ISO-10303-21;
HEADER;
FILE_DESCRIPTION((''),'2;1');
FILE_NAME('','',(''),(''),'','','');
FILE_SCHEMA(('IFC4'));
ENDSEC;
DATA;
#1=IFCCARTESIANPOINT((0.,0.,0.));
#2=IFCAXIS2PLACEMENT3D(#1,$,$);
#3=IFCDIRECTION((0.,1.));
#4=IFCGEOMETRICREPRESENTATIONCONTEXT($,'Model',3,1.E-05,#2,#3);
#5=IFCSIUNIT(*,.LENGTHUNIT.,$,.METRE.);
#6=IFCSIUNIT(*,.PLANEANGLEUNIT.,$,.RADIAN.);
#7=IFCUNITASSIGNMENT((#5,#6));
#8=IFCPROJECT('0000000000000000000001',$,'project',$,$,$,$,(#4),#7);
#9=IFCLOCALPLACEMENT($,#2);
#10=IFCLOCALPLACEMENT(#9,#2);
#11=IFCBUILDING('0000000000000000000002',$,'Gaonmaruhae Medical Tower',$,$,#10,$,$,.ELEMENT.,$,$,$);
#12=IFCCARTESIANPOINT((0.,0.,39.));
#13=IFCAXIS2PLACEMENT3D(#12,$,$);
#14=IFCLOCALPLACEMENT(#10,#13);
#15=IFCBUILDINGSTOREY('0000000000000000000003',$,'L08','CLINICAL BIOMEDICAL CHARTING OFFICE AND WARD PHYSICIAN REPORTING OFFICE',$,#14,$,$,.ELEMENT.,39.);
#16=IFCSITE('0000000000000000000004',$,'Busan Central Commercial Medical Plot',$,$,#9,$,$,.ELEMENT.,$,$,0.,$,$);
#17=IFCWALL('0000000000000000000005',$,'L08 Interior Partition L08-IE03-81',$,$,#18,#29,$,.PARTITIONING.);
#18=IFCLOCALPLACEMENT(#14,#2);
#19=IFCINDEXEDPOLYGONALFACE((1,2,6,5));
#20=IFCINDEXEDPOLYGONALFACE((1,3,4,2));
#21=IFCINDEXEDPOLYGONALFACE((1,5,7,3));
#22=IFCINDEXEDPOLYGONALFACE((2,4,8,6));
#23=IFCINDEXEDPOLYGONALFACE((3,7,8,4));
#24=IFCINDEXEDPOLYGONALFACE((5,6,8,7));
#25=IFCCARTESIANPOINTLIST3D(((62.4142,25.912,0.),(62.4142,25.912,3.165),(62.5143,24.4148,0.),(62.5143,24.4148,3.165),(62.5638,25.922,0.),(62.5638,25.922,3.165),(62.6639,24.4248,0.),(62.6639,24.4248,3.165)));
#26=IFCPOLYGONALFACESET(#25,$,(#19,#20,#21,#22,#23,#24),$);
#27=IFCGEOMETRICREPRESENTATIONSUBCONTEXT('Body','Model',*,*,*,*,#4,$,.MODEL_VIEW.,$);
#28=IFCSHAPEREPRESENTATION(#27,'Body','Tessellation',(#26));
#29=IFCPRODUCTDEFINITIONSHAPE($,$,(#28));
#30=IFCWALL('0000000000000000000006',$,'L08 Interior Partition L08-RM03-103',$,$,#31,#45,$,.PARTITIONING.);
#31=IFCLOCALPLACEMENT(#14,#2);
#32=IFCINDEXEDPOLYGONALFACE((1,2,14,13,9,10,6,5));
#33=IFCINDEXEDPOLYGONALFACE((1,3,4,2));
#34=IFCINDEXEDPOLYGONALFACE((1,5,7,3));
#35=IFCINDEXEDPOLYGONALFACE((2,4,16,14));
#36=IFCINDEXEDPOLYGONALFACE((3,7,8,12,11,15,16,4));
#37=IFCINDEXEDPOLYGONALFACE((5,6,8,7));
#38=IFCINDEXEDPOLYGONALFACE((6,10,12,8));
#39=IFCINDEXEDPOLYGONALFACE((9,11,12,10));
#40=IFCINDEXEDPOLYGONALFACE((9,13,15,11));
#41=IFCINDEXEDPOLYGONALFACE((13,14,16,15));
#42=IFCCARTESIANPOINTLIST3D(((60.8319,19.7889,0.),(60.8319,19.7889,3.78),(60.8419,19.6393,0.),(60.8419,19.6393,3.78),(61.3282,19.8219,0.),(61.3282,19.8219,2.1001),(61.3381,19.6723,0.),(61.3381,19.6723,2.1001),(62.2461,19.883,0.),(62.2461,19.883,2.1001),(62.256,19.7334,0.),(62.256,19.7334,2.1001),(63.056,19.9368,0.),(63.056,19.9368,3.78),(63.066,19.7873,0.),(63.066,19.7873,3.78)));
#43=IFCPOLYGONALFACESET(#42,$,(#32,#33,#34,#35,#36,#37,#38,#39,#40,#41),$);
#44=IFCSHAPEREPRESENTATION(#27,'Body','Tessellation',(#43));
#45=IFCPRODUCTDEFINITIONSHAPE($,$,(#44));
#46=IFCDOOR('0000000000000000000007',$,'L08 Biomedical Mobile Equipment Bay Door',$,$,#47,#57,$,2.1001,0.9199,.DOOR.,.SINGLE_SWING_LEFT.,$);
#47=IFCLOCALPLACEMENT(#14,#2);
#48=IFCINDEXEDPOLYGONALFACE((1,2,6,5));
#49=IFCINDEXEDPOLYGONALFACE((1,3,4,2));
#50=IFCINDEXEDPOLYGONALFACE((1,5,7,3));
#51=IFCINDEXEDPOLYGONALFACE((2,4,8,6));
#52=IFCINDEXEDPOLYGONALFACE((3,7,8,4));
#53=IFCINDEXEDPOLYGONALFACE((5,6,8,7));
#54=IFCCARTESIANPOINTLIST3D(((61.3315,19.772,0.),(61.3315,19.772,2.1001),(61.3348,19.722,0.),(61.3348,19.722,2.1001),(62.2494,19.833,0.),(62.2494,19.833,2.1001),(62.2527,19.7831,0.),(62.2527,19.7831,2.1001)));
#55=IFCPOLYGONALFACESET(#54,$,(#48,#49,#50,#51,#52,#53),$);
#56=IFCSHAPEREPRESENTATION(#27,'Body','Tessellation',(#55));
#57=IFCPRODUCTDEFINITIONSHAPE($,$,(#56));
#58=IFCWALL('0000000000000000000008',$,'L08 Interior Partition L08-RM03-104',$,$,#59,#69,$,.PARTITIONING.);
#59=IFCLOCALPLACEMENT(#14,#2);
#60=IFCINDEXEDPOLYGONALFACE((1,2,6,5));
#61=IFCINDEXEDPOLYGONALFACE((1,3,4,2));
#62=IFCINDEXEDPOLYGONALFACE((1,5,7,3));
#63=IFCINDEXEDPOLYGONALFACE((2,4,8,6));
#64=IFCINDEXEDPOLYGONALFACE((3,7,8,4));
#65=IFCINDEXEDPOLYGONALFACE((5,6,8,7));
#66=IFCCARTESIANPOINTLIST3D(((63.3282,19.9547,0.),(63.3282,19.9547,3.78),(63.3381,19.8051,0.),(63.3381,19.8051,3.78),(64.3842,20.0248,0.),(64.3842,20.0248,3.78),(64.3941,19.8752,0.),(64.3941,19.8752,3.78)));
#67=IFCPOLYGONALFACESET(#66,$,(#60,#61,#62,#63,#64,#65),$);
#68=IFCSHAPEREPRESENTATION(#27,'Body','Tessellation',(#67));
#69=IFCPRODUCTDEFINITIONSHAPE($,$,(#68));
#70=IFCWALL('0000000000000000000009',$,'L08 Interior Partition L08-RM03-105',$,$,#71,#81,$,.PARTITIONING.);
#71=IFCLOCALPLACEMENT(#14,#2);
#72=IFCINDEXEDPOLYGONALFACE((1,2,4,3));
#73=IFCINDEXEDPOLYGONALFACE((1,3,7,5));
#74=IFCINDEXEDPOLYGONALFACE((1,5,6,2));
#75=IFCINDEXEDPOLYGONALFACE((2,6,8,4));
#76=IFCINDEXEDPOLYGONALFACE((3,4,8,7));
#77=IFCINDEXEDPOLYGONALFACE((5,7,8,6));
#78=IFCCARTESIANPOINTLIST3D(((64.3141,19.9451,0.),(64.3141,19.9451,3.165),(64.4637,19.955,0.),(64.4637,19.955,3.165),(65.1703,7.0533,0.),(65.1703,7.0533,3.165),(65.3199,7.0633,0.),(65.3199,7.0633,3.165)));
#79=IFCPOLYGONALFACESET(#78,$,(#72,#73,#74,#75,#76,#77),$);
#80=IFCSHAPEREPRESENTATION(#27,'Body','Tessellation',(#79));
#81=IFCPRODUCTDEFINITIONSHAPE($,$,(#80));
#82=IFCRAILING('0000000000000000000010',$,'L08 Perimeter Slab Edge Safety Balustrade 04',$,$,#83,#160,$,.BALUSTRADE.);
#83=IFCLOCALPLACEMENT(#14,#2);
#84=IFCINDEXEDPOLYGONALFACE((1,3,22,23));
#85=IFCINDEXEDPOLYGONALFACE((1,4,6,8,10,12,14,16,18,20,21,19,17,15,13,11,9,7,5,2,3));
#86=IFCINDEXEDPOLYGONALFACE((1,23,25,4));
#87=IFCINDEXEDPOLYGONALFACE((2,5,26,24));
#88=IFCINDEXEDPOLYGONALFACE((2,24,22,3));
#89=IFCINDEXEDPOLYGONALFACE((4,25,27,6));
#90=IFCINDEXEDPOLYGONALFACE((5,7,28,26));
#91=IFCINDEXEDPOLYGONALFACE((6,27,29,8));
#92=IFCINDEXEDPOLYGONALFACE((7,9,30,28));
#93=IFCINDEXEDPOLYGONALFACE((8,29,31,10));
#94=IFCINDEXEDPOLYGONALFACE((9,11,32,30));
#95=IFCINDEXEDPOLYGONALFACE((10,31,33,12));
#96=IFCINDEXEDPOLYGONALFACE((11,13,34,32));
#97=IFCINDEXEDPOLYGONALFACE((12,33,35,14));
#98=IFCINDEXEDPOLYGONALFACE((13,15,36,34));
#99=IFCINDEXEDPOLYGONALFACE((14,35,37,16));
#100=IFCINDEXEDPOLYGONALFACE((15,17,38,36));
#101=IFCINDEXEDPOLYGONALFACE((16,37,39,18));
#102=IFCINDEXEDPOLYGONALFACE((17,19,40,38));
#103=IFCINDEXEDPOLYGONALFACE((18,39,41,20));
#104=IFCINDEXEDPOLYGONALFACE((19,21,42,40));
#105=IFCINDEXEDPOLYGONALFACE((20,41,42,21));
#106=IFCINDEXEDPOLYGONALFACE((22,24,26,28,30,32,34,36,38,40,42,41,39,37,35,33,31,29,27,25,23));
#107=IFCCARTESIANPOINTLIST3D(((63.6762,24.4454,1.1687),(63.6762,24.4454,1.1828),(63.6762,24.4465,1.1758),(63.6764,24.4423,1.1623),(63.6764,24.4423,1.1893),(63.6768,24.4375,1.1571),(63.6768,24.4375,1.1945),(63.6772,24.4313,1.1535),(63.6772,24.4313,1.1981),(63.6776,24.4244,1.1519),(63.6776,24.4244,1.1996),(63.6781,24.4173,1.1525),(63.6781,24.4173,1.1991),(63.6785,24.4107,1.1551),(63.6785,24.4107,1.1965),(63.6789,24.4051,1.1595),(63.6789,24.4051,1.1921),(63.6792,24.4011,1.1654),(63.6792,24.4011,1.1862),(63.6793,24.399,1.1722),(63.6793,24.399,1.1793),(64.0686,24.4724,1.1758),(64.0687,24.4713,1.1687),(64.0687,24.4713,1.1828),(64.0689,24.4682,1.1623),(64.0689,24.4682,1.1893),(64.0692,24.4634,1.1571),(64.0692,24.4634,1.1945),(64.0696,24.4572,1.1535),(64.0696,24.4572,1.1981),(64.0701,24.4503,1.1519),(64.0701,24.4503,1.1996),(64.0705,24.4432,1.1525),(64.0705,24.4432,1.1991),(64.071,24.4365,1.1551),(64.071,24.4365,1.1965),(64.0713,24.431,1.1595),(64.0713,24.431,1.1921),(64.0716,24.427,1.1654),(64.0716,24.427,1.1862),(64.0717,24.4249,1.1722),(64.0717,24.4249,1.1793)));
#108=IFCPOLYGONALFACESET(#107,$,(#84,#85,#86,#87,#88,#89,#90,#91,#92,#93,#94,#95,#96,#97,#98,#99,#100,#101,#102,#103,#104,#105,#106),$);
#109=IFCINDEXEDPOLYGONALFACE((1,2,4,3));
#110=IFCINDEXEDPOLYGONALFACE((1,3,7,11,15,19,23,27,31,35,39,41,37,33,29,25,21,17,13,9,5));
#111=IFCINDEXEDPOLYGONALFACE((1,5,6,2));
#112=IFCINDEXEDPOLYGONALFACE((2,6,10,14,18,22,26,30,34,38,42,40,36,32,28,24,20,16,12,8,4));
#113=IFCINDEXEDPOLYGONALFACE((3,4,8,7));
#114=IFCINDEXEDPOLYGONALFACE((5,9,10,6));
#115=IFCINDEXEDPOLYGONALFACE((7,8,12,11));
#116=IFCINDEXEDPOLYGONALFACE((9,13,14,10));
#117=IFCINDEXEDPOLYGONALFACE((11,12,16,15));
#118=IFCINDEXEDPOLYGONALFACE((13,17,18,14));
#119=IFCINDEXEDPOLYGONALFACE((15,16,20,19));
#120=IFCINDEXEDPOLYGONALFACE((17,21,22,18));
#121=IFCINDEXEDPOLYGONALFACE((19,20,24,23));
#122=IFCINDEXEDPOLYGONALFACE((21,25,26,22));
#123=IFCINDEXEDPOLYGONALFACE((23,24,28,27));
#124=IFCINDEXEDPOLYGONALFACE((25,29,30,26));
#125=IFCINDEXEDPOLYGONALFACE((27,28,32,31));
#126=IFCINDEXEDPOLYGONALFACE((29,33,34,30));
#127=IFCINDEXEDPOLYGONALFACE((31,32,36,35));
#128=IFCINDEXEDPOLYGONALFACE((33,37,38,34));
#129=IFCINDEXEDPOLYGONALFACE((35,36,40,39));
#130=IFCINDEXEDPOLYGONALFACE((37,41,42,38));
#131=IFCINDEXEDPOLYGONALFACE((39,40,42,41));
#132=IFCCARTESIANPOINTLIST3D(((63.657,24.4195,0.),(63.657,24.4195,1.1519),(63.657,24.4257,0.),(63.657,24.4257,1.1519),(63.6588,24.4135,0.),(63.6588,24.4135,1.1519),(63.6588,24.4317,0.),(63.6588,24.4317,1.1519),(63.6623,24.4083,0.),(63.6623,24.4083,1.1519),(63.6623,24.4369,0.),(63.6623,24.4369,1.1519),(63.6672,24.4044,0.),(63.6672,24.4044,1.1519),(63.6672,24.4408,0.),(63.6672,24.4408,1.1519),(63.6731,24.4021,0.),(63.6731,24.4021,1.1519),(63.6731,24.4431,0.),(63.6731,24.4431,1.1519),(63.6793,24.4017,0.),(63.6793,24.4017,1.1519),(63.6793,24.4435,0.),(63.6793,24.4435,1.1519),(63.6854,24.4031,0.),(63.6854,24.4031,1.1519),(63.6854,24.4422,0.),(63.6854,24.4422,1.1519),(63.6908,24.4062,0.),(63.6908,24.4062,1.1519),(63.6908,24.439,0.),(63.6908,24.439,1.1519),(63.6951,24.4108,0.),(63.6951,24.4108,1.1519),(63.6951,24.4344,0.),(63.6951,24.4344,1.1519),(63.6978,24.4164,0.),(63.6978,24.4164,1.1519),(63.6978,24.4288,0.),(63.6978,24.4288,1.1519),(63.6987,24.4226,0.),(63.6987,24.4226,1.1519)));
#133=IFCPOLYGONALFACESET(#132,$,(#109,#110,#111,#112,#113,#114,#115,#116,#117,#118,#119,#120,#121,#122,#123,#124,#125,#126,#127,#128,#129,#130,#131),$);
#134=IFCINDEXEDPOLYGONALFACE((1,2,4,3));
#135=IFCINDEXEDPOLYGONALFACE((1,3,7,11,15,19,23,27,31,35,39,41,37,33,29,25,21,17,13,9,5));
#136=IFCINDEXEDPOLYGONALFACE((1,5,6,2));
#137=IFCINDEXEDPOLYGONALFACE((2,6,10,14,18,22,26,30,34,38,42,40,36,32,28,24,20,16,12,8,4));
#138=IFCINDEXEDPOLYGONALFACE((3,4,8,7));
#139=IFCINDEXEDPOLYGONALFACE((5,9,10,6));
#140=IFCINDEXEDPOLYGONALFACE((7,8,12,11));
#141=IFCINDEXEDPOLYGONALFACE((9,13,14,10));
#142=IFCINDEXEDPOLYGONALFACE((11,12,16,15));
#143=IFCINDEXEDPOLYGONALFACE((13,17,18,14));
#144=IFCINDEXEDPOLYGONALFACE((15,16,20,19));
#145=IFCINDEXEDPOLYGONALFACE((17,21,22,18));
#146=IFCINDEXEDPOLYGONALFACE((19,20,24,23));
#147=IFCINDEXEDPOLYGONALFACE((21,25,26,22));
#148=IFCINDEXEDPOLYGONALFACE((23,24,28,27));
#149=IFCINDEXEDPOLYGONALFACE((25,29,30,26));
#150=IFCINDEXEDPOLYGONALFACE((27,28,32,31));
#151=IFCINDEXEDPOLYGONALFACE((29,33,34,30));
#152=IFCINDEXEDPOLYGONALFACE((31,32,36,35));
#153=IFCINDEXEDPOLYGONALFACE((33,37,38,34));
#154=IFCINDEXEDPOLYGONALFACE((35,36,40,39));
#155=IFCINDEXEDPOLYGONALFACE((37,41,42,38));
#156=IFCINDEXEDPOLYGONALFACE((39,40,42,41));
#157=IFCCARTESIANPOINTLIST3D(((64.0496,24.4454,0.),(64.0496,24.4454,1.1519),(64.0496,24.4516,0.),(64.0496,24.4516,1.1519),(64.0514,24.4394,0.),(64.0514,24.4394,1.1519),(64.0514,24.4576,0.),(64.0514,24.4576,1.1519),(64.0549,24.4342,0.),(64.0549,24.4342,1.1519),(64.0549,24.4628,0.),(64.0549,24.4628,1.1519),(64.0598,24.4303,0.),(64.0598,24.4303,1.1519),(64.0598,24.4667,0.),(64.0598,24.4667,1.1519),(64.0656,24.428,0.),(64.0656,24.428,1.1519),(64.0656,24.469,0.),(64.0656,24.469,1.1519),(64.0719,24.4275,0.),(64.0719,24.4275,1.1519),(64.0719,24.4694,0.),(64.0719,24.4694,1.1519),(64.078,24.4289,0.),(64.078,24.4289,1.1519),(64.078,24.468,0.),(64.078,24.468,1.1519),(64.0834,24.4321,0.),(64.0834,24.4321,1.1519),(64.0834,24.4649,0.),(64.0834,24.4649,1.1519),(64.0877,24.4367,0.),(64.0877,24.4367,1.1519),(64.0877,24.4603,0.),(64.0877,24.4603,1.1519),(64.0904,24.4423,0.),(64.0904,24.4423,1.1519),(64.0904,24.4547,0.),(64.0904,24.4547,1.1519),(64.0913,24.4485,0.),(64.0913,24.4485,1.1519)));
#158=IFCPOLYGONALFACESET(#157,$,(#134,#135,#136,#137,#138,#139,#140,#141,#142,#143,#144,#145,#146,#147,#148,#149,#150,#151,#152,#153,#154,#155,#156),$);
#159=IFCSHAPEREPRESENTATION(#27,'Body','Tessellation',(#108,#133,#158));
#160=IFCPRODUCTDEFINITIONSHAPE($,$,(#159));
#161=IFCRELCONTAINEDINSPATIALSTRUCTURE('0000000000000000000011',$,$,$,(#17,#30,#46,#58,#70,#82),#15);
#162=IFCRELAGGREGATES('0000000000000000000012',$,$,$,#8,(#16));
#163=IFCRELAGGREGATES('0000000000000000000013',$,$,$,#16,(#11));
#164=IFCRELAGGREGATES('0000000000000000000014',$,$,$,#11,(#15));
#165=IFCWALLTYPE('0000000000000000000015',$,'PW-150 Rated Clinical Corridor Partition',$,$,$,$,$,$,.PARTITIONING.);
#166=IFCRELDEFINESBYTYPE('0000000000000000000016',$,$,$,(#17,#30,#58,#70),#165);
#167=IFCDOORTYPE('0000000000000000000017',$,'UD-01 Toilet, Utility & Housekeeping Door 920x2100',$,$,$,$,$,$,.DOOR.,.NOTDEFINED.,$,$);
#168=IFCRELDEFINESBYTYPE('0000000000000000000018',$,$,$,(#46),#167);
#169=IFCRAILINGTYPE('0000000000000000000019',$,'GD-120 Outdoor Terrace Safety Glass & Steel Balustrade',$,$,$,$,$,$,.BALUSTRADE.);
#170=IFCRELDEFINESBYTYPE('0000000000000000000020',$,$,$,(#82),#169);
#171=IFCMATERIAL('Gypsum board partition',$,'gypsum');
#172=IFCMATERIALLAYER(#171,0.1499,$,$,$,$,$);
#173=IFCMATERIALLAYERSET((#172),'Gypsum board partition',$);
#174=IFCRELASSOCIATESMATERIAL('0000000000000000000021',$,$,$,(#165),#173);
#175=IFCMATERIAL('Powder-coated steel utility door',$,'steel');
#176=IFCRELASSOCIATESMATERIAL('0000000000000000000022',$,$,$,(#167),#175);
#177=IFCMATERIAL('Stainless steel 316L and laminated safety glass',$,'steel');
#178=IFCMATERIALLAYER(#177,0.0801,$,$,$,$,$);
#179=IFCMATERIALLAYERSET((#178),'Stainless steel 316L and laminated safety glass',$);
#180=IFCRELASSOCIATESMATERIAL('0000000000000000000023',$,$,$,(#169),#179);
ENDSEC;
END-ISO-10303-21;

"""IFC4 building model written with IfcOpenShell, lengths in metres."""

from ifc_helpers import new_model, si_unit, direction, frame, frame_2d, origin, origin_2d, place, context, subcontext, project, spatial, rectangle, circle, extrude, material, layer, layer_set, type_object, element, fill, save


model = new_model("IFC4")

# Units and contexts
model_context = context("Model", 3, precision=1e-05, world=origin(), true_north=direction((0.0, 1.0)))
body_context = subcontext(model_context, "Body", "Model", "MODEL_VIEW")
ifc_project = project(units=[si_unit("LENGTHUNIT", "METRE"), si_unit("PLANEANGLEUNIT", "RADIAN")], contexts=[model_context])

# Site, building, storey
site_placement = place(None, origin())
site = spatial("IfcSite", under=ifc_project, at=site_placement, Name="Busan Central Commercial Medical Plot", CompositionType="ELEMENT", RefElevation=0.0)
building_placement = place(site_placement, origin())
building = spatial("IfcBuilding", under=site, at=building_placement, Name="Gaonmaruhae Medical Tower", CompositionType="ELEMENT")
storey_placement = place(building_placement, frame((0.0, 0.0, 39.0)))
storey = spatial("IfcBuildingStorey", under=building, at=storey_placement, Name="L08", Description="CLINICAL BIOMEDICAL CHARTING OFFICE AND WARD PHYSICIAN REPORTING OFFICE", CompositionType="ELEMENT", Elevation=39.0)

# Shared definitions
ifc_material_1 = material(Name="Gypsum board partition", Category="gypsum")
ifc_layer_1 = layer(ifc_material_1, 0.1499)
ifc_layer_set_1 = layer_set([ifc_layer_1], Name="Gypsum board partition")
wall_type_1 = type_object("IfcWallType", Name="PW-150 Rated Clinical Corridor Partition", PredefinedType="PARTITIONING", material=ifc_layer_set_1)

# Wall
wall_1_placement = place(storey_placement, frame((62.489, 25.917, 0.0), z_axis=(0.0, 0.0, 1.0), x_axis=(0.066713, -0.997772, 0.0)))
element("IfcWall", 1, at=wall_1_placement, inside=storey, type_object=wall_type_1, Name="L08 Interior Partition L08-IE03-81", PredefinedType="PARTITIONING", context=body_context, shape_type="SweptSolid", body=[
    extrude(rectangle(XDim=1.5005, YDim=0.1499, at=frame_2d((0.7502, 0.0))), origin(), (0.0, 0.0, 1.0), 3.165),
])

# Wall, opening, door
wall_2_placement = place(storey_placement, frame((60.8369, 19.7141, 0.0), z_axis=(0.0, 0.0, 1.0), x_axis=(0.997795, 0.066374, 0.0)))
wall_2 = element("IfcWall", 2, at=wall_2_placement, inside=storey, type_object=wall_type_1, Name="L08 Interior Partition L08-RM03-103", PredefinedType="PARTITIONING", context=body_context, shape_type="SweptSolid", body=[
    extrude(rectangle(XDim=2.229, YDim=0.1499, at=frame_2d((1.1145, 0.0))), origin(), (0.0, 0.0, 1.0), 3.78),
])
opening_1_placement = place(wall_2_placement, frame((0.4973, 0.0, 0.0)))
opening_1 = element("IfcOpeningElement", 3, at=opening_1_placement, cuts=wall_2, PredefinedType="OPENING", context=body_context, shape_type="SweptSolid", body=[
    extrude(rectangle(XDim=0.9199, YDim=2.1001, at=frame_2d((0.46, 1.05))), frame((0.0, 0.085, 0.0), z_axis=(0.0, -1.0, 0.0), x_axis=(1.0, 0.0, 0.0)), (0.0, 0.0, 1.0), 0.1699),
])
ifc_material_2 = material(Name="Powder-coated steel utility door", Category="steel")
door_type_1 = type_object("IfcDoorType", Name="UD-01 Toilet, Utility & Housekeeping Door 920x2100", OperationType="NOTDEFINED", PredefinedType="DOOR", material=ifc_material_2)
door_1_placement = place(opening_1_placement, origin())
door_1 = element("IfcDoor", 4, at=door_1_placement, inside=storey, type_object=door_type_1, Name="L08 Biomedical Mobile Equipment Bay Door", OperationType="SINGLE_SWING_LEFT", OverallHeight=2.1001, OverallWidth=0.9199, PredefinedType="DOOR", context=body_context, shape_type="SweptSolid", body=[
    extrude(rectangle(XDim=0.9199, YDim=2.1001, at=frame_2d((0.46, 1.05))), frame((0.0, 0.0249, 0.0), z_axis=(0.0, -1.0, 0.0), x_axis=(1.0, 0.0, 0.0)), (0.0, 0.0, 1.0), 0.05),
])
fill(opening_1, door_1)

# Walls
wall_3_placement = place(storey_placement, frame((63.333, 19.8799, 0.0), z_axis=(0.0, 0.0, 1.0), x_axis=(0.997806, 0.066213, 0.0)))
element("IfcWall", 5, at=wall_3_placement, inside=storey, type_object=wall_type_1, Name="L08 Interior Partition L08-RM03-104", PredefinedType="PARTITIONING", context=body_context, shape_type="SweptSolid", body=[
    extrude(rectangle(XDim=1.0583, YDim=0.1499, at=frame_2d((0.5293, 0.0))), origin(), (0.0, 0.0, 1.0), 3.78),
])
wall_4_placement = place(storey_placement, frame((64.3889, 19.95, 0.0), z_axis=(0.0, 0.0, 1.0), x_axis=(0.066268, -0.997802, 0.0)))
element("IfcWall", 6, at=wall_4_placement, inside=storey, type_object=wall_type_1, Name="L08 Interior Partition L08-RM03-105", PredefinedType="PARTITIONING", context=body_context, shape_type="SweptSolid", body=[
    extrude(rectangle(XDim=12.9202, YDim=0.1499, at=frame_2d((6.46, 0.0))), origin(), (0.0, 0.0, 1.0), 3.165),
])

# Railing
ifc_material_3 = material(Name="Stainless steel 316L and laminated safety glass", Category="steel")
ifc_layer_2 = layer(ifc_material_3, 0.0801)
ifc_layer_set_2 = layer_set([ifc_layer_2], Name="Stainless steel 316L and laminated safety glass")
railing_type = type_object("IfcRailingType", Name="GD-120 Outdoor Terrace Safety Glass & Steel Balustrade", PredefinedType="BALUSTRADE", material=ifc_layer_set_2)
railing_1_placement = place(storey_placement, frame((63.6777, 24.4226, 0.0)))
element("IfcRailing", 7, at=railing_1_placement, inside=storey, type_object=railing_type, Name="L08 Perimeter Slab Edge Safety Balustrade 04", PredefinedType="BALUSTRADE", context=body_context, shape_type="SweptSolid", body=[
    extrude(circle(Radius=0.0239, at=origin_2d()), frame((0.0, 0.0, 1.1758), z_axis=(0.997834, 0.065778, 0.0), x_axis=(-0.065778, 0.997834, 0.0)), (0.0, 0.0, 1.0), 0.3933),
    extrude(circle(Radius=0.021, at=origin_2d()), origin(), (0.0, 0.0, 1.0), 1.1519),
    extrude(circle(Radius=0.021, at=origin_2d()), frame((0.3926, 0.0259, 0.0)), (0.0, 0.0, 1.0), 1.1519),
])

save(model, "model.ifc")
